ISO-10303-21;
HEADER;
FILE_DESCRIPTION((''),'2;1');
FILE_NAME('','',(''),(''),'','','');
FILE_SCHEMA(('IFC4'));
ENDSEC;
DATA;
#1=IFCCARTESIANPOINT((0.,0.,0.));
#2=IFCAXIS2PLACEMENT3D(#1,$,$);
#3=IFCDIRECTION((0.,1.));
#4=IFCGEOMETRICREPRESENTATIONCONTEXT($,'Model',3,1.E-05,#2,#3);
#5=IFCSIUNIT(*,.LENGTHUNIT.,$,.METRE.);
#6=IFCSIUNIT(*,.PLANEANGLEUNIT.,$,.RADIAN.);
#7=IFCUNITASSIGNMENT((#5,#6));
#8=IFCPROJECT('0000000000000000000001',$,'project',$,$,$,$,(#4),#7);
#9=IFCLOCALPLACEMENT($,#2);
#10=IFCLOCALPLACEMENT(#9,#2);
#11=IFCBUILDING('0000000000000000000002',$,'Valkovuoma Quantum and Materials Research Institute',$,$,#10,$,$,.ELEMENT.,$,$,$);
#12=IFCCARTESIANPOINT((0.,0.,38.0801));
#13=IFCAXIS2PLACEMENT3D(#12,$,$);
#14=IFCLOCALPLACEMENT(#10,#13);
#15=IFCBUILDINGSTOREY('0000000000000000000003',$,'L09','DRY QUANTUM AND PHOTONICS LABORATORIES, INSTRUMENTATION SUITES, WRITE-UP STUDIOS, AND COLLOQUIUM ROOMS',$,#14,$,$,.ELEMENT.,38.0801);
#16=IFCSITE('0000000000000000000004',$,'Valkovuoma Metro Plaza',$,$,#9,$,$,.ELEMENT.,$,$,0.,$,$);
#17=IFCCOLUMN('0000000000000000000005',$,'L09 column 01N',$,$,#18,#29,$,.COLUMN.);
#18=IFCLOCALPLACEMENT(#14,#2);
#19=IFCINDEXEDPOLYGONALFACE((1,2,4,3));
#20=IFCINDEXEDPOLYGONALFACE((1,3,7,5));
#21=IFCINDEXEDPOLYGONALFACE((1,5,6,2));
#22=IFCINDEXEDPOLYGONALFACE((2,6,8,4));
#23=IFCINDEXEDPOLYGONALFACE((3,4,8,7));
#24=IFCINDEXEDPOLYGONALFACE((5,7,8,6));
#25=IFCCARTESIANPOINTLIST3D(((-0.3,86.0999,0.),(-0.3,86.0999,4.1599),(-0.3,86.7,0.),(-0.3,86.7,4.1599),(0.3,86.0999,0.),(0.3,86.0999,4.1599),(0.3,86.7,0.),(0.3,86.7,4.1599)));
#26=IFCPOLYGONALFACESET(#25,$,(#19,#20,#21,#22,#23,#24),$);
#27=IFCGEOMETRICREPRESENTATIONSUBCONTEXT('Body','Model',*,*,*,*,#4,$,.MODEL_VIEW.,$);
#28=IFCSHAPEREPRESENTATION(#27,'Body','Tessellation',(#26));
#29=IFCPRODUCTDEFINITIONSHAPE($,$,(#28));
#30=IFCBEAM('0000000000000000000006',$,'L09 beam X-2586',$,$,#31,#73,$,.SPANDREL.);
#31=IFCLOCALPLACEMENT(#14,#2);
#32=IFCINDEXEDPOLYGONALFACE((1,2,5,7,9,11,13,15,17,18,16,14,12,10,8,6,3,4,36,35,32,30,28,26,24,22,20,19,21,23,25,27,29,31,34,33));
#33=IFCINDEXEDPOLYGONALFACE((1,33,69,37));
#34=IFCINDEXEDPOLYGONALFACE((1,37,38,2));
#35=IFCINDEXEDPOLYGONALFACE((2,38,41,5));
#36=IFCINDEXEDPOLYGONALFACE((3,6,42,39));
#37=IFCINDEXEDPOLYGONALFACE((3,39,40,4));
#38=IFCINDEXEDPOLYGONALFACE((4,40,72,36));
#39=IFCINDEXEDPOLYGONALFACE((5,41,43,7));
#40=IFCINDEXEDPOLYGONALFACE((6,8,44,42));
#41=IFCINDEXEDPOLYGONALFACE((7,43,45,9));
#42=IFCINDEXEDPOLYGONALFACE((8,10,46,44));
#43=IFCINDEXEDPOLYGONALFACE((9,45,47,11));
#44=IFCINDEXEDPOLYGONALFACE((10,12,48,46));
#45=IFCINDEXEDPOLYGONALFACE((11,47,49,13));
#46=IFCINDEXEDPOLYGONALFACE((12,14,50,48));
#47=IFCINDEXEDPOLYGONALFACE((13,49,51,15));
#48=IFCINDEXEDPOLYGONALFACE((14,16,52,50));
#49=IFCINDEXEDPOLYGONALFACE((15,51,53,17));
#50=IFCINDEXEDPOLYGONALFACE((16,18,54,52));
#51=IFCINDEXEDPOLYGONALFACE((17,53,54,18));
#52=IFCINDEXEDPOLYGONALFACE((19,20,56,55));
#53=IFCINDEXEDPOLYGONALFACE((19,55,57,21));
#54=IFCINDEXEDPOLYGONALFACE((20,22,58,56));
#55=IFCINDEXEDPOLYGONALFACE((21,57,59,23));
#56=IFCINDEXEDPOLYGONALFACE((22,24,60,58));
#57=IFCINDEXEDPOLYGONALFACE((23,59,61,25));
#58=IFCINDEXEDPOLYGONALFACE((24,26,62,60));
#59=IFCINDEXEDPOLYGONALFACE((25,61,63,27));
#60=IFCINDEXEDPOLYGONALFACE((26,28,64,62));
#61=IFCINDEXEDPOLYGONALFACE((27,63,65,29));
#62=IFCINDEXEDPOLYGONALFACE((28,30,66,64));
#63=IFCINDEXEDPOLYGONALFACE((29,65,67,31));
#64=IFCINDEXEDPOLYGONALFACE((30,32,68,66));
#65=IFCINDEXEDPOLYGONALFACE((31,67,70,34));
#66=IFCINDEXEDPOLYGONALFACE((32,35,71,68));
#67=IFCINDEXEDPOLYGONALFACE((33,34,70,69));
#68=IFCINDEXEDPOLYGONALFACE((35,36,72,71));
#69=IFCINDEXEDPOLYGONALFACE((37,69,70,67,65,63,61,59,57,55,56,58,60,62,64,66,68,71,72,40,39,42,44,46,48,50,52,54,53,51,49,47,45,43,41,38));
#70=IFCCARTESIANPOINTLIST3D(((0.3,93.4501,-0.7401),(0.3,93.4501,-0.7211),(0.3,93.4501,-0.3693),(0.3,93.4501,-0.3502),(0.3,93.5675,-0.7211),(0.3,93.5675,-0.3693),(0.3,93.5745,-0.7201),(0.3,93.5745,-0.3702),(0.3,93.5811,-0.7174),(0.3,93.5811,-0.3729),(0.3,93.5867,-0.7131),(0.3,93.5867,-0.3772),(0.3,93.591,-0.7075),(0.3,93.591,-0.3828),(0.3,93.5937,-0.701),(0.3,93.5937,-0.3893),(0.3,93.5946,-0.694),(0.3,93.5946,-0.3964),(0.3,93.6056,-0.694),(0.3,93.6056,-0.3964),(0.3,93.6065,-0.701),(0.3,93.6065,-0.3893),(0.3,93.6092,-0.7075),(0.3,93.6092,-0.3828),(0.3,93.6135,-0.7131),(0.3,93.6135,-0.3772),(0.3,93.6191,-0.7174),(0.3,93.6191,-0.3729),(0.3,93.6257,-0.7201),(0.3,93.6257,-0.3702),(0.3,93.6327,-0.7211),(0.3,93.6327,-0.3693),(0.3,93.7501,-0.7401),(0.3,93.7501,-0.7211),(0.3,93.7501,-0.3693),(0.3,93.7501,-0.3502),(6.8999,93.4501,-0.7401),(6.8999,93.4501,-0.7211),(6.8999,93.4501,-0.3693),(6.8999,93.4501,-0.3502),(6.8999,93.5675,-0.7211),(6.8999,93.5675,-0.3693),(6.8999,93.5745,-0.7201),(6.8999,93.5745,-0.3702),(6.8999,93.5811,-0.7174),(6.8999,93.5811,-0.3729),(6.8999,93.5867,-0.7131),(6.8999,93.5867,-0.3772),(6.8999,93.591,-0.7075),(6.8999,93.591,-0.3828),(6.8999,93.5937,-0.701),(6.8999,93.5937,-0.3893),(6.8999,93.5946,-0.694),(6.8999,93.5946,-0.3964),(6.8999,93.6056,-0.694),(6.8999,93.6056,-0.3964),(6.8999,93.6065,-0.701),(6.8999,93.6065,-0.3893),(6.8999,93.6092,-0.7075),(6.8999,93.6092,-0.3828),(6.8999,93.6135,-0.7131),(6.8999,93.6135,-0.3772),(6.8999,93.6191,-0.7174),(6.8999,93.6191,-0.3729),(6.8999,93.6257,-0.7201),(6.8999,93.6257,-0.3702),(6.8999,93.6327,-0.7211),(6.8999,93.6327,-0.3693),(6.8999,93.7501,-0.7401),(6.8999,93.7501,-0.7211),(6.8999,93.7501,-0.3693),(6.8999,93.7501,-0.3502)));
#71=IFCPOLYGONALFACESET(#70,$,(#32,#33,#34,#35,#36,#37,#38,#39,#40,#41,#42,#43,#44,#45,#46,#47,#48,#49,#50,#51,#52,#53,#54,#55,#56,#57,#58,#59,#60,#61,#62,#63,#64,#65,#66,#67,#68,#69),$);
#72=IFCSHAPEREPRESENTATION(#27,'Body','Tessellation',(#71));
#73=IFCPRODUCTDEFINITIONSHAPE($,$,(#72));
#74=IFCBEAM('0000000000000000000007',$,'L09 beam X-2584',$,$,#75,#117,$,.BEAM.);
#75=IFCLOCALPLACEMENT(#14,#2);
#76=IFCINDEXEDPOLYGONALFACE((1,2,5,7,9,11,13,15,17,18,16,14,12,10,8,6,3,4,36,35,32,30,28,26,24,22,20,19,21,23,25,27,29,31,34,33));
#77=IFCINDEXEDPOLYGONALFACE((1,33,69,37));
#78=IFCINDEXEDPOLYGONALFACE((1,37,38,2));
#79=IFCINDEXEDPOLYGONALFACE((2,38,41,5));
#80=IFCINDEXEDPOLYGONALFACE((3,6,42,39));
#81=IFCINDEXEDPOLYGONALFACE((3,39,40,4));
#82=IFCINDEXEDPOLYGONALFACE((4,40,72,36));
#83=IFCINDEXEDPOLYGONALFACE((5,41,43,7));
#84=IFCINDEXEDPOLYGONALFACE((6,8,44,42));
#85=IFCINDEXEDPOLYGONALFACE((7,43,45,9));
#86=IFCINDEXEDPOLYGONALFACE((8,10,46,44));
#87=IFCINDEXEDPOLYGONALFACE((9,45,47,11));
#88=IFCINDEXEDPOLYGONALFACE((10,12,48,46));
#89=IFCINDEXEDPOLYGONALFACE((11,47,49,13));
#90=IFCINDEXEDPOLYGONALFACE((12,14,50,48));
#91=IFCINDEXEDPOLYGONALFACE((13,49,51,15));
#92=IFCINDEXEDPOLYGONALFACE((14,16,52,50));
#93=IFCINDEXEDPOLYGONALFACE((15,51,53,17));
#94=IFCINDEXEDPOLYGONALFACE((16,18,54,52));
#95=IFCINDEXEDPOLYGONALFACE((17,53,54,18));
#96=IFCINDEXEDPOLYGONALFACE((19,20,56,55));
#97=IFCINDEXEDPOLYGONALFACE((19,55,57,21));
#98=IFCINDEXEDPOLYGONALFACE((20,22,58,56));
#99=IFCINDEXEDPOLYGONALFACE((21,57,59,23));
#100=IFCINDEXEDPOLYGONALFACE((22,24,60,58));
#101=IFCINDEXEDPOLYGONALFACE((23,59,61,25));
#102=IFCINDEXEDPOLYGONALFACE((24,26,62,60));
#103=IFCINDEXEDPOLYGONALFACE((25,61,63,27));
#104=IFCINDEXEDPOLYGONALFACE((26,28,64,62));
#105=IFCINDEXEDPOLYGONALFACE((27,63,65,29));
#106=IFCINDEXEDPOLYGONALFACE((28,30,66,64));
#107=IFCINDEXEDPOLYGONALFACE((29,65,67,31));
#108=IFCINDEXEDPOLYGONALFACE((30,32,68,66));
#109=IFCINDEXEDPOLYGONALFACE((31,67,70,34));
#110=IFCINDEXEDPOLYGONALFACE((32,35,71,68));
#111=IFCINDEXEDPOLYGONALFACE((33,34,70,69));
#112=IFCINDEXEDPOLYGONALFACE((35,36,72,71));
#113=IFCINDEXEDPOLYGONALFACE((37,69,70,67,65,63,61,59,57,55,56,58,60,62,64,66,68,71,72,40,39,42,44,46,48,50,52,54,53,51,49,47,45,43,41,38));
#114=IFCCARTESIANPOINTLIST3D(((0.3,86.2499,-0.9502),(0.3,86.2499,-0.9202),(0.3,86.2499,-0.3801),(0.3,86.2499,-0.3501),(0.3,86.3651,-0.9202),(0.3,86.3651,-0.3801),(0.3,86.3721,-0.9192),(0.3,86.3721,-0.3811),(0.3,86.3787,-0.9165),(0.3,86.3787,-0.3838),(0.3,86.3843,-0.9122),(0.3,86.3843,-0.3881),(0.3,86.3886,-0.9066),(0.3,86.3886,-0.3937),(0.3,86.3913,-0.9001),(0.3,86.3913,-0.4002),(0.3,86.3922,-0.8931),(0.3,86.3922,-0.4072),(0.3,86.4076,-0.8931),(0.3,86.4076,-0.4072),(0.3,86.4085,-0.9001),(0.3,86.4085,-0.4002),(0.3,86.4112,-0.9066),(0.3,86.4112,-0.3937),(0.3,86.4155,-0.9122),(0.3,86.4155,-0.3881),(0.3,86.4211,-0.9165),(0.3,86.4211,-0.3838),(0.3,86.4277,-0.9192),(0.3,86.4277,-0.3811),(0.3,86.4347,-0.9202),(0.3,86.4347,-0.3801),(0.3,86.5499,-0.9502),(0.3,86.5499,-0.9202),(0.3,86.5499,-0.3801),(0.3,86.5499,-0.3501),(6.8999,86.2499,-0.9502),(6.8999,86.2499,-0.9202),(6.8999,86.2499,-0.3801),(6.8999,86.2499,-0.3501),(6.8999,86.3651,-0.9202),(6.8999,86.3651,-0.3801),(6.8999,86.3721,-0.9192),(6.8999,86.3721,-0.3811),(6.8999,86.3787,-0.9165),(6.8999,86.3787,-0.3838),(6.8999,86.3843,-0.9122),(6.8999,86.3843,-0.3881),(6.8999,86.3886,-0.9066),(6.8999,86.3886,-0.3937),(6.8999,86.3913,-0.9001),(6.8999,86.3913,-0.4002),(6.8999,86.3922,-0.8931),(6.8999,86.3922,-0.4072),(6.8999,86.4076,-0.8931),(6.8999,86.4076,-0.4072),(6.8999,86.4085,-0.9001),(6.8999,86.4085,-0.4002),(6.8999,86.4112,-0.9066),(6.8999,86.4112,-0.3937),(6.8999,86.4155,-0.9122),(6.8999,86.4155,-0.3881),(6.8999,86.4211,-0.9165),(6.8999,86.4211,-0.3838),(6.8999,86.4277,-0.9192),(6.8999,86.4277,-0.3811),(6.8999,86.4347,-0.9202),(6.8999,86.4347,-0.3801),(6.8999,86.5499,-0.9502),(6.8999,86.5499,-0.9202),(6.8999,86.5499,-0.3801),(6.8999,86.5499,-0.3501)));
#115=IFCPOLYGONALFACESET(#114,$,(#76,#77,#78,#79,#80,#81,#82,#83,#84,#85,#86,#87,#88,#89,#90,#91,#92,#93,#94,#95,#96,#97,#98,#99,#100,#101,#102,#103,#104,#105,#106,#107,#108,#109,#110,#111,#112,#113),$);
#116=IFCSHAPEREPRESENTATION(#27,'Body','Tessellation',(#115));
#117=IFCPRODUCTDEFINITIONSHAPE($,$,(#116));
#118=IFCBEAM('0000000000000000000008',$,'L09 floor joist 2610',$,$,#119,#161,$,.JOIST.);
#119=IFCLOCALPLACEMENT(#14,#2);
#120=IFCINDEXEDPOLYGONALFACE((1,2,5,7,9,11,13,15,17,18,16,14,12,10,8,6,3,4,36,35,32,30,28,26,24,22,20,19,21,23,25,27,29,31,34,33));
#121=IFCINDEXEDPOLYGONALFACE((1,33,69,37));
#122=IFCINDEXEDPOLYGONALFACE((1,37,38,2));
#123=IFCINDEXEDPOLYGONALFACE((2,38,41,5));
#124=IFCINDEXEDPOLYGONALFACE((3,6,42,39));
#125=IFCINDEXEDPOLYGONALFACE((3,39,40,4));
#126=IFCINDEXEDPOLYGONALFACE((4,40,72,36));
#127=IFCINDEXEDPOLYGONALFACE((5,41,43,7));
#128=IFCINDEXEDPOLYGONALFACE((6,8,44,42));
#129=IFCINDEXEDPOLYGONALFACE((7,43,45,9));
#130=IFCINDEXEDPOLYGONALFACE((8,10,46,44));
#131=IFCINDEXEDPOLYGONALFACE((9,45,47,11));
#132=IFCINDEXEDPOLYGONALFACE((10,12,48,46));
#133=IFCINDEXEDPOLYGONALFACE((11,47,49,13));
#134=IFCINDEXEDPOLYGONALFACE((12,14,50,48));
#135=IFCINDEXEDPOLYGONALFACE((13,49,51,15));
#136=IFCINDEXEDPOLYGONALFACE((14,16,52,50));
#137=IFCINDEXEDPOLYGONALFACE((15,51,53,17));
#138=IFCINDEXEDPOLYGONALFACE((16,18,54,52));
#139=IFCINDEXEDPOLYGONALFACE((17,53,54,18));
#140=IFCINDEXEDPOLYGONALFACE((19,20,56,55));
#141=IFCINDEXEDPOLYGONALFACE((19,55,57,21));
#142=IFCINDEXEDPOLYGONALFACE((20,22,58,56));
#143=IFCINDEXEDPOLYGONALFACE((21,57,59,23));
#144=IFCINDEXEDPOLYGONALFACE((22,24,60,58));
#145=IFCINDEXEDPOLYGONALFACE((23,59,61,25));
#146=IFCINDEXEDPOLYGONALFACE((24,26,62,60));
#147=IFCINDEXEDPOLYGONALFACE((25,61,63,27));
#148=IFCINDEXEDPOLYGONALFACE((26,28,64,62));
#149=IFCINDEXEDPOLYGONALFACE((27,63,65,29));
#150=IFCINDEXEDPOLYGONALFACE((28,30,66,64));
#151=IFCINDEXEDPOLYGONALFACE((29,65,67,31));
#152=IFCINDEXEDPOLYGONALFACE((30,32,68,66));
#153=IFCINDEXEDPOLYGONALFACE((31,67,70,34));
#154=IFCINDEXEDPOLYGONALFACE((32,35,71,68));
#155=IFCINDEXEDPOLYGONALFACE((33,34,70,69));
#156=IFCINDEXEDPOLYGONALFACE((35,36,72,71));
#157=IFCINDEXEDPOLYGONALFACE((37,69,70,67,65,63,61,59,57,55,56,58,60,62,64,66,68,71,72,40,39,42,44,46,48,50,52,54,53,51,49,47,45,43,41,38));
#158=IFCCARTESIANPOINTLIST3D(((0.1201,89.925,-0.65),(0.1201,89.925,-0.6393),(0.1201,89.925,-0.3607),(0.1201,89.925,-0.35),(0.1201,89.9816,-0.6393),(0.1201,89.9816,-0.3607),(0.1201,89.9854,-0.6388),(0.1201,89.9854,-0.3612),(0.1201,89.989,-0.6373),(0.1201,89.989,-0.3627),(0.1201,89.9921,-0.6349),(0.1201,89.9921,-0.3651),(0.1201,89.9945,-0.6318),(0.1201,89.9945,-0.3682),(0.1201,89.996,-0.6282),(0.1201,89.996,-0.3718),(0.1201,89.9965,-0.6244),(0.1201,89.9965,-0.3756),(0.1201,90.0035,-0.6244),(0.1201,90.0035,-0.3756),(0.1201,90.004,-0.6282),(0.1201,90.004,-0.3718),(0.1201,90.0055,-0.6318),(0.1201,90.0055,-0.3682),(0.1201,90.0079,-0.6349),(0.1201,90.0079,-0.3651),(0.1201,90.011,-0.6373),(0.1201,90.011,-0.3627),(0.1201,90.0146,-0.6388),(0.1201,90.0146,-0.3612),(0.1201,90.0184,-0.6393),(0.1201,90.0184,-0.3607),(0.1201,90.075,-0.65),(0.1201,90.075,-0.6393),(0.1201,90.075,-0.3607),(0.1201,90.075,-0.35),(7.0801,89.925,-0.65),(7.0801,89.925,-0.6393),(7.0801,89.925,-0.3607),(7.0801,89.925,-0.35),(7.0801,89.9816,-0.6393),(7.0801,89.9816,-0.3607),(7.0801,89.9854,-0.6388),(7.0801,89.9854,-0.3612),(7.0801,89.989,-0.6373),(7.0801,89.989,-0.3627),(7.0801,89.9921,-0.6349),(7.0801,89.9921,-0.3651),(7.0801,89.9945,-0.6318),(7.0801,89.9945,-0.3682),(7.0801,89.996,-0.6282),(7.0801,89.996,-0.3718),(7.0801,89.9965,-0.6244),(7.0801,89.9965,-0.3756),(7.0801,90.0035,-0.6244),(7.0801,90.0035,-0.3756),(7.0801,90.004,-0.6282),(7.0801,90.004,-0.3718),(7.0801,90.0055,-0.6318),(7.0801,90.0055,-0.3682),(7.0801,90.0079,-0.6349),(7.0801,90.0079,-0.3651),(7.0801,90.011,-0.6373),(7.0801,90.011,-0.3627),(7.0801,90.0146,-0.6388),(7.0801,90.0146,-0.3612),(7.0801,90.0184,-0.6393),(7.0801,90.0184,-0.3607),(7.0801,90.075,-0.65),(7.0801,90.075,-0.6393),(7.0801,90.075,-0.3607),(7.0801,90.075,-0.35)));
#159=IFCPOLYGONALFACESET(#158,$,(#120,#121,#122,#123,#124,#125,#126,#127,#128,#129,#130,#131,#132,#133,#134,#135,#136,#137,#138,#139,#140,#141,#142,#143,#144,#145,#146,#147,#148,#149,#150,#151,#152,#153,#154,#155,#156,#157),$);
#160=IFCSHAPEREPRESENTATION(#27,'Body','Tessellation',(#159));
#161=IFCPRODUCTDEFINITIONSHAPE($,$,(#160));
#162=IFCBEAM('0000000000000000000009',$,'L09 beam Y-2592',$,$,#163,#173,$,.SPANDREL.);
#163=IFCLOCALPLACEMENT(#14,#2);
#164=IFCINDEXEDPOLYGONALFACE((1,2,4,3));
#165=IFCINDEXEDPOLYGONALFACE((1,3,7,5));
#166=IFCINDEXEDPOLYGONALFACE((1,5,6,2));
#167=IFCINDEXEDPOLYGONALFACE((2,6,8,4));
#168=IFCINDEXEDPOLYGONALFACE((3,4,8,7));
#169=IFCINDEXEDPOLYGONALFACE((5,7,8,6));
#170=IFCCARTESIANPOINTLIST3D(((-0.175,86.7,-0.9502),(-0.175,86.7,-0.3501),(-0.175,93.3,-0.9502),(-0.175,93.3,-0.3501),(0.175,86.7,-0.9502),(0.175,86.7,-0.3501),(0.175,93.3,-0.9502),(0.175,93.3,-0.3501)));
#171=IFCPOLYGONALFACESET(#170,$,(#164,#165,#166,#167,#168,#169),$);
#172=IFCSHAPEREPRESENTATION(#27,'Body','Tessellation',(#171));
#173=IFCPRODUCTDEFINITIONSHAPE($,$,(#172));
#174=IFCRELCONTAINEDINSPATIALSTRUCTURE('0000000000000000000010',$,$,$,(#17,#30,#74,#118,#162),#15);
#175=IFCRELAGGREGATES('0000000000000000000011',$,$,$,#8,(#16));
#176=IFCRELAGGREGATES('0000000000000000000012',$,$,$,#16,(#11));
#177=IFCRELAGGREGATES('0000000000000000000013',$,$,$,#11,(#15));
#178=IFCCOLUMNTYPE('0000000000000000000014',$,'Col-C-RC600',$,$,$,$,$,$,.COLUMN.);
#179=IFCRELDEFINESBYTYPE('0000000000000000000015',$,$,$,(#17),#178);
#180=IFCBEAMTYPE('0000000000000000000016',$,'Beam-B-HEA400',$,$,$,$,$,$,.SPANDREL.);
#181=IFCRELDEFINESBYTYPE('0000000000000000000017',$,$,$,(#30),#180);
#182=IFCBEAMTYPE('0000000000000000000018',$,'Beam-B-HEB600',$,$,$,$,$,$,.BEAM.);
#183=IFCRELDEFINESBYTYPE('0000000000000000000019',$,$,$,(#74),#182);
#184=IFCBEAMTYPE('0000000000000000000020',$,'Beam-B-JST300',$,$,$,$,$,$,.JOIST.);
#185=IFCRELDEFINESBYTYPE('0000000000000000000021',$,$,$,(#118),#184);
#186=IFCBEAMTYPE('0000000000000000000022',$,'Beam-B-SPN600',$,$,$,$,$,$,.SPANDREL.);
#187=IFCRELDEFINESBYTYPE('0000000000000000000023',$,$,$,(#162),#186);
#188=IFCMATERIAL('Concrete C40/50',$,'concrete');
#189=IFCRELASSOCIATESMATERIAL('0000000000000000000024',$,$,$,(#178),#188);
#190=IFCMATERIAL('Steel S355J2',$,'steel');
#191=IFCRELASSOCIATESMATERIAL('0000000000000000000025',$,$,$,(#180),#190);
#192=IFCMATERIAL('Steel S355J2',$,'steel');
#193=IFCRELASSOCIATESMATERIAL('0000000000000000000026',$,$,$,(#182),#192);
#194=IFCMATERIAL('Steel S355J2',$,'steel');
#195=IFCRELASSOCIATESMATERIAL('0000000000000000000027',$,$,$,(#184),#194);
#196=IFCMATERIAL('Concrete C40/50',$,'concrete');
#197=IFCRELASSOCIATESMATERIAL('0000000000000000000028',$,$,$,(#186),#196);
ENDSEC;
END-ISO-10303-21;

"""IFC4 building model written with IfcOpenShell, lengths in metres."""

from ifc_helpers import new_model, si_unit, direction, frame, origin, origin_2d, place, context, subcontext, project, spatial, rectangle, i_section, extrude, material, material_profile, profile_set, type_object, element, save


model = new_model("IFC4")

# Units and contexts
model_context = context("Model", 3, precision=1e-05, world=origin(), true_north=direction((0.0, 1.0)))
body_context = subcontext(model_context, "Body", "Model", "MODEL_VIEW")
ifc_project = project(units=[si_unit("LENGTHUNIT", "METRE"), si_unit("PLANEANGLEUNIT", "RADIAN")], contexts=[model_context])

# Site, building, storey
site_placement = place(None, origin())
site = spatial("IfcSite", under=ifc_project, at=site_placement, Name="Valkovuoma Metro Plaza", CompositionType="ELEMENT", RefElevation=0.0)
building_placement = place(site_placement, origin())
building = spatial("IfcBuilding", under=site, at=building_placement, Name="Valkovuoma Quantum and Materials Research Institute", CompositionType="ELEMENT")
storey_placement = place(building_placement, frame((0.0, 0.0, 38.0801)))
storey = spatial("IfcBuildingStorey", under=building, at=storey_placement, Name="L09", Description="DRY QUANTUM AND PHOTONICS LABORATORIES, INSTRUMENTATION SUITES, WRITE-UP STUDIOS, AND COLLOQUIUM ROOMS", CompositionType="ELEMENT", Elevation=38.0801)

# Column
ifc_material_1 = material(Name="Concrete C40/50", Category="concrete")
ifc_material_profile_1 = material_profile(ifc_material_1, rectangle(XDim=0.6001, YDim=0.6001, at=origin_2d()), Name="Concrete C40/50")
ifc_profile_set_1 = profile_set([ifc_material_profile_1], Name="Concrete C40/50")
column_type = type_object("IfcColumnType", Name="Col-C-RC600", PredefinedType="COLUMN", material=ifc_profile_set_1)
column_placement = place(storey_placement, frame((0.0, 86.3999, 0.0), z_axis=(0.0, 0.0, 1.0), x_axis=(1.0, 0.0, 0.0)))
element("IfcColumn", 1, at=column_placement, inside=storey, type_object=column_type, Name="L09 column 01N", PredefinedType="COLUMN", context=body_context, shape_type="SweptSolid", body=[
    extrude(rectangle(XDim=0.6001, YDim=0.6001, at=origin_2d()), origin(), (0.0, 0.0, 1.0), 4.1599),
])

# Beams
ifc_material_2 = material(Name="Steel S355J2", Category="steel")
ifc_material_profile_2 = material_profile(ifc_material_2, i_section(OverallWidth=0.3, OverallDepth=0.3899, WebThickness=0.011, FlangeThickness=0.019, FilletRadius=0.0271, at=origin_2d()), Name="Steel S355J2")
ifc_profile_set_2 = profile_set([ifc_material_profile_2], Name="Steel S355J2")
beam_type_1 = type_object("IfcBeamType", Name="Beam-B-HEA400", PredefinedType="SPANDREL", material=ifc_profile_set_2)
beam_1_placement = place(storey_placement, frame((0.3, 93.6001, -0.5452), z_axis=(1.0, 0.0, 0.0), x_axis=(0.0, 1.0, 0.0)))
element("IfcBeam", 2, at=beam_1_placement, inside=storey, type_object=beam_type_1, Name="L09 beam X-2586", PredefinedType="SPANDREL", context=body_context, shape_type="SweptSolid", body=[
    extrude(i_section(OverallWidth=0.3, OverallDepth=0.3899, WebThickness=0.011, FlangeThickness=0.019, FilletRadius=0.0271, at=origin_2d()), origin(), (0.0, 0.0, 1.0), 6.5999),
])
ifc_material_3 = material(Name="Steel S355J2", Category="steel")
ifc_material_profile_3 = material_profile(ifc_material_3, i_section(OverallWidth=0.3, OverallDepth=0.6001, WebThickness=0.0154, FlangeThickness=0.03, FilletRadius=0.0271, at=origin_2d()), Name="Steel S355J2")
ifc_profile_set_3 = profile_set([ifc_material_profile_3], Name="Steel S355J2")
beam_type_2 = type_object("IfcBeamType", Name="Beam-B-HEB600", PredefinedType="BEAM", material=ifc_profile_set_3)
beam_2_placement = place(storey_placement, frame((0.3, 86.3999, -0.6501), z_axis=(1.0, 0.0, 0.0), x_axis=(0.0, 1.0, 0.0)))
element("IfcBeam", 3, at=beam_2_placement, inside=storey, type_object=beam_type_2, Name="L09 beam X-2584", PredefinedType="BEAM", context=body_context, shape_type="SweptSolid", body=[
    extrude(i_section(OverallWidth=0.3, OverallDepth=0.6001, WebThickness=0.0154, FlangeThickness=0.03, FilletRadius=0.0271, at=origin_2d()), origin(), (0.0, 0.0, 1.0), 6.5999),
])
ifc_material_4 = material(Name="Steel S355J2", Category="steel")
ifc_material_profile_4 = material_profile(ifc_material_4, i_section(OverallWidth=0.1499, OverallDepth=0.3, WebThickness=0.0071, FlangeThickness=0.0107, FilletRadius=0.0149, at=origin_2d()), Name="Steel S355J2")
ifc_profile_set_4 = profile_set([ifc_material_profile_4], Name="Steel S355J2")
beam_type_3 = type_object("IfcBeamType", Name="Beam-B-JST300", PredefinedType="JOIST", material=ifc_profile_set_4)
beam_3_placement = place(storey_placement, frame((0.1201, 90.0, -0.5), z_axis=(1.0, 0.0, 0.0), x_axis=(0.0, 1.0, 0.0)))
element("IfcBeam", 4, at=beam_3_placement, inside=storey, type_object=beam_type_3, Name="L09 floor joist 2610", PredefinedType="JOIST", context=body_context, shape_type="SweptSolid", body=[
    extrude(i_section(OverallWidth=0.1499, OverallDepth=0.3, WebThickness=0.0071, FlangeThickness=0.0107, FilletRadius=0.0149, at=origin_2d()), origin(), (0.0, 0.0, 1.0), 6.96),
])
ifc_material_5 = material(Name="Concrete C40/50", Category="concrete")
ifc_material_profile_5 = material_profile(ifc_material_5, rectangle(XDim=0.3501, YDim=0.6001, at=origin_2d()), Name="Concrete C40/50")
ifc_profile_set_5 = profile_set([ifc_material_profile_5], Name="Concrete C40/50")
beam_type_4 = type_object("IfcBeamType", Name="Beam-B-SPN600", PredefinedType="SPANDREL", material=ifc_profile_set_5)
beam_4_placement = place(storey_placement, frame((0.0, 86.7, -0.6501), z_axis=(0.0, 1.0, 0.0), x_axis=(-1.0, 0.0, 0.0)))
element("IfcBeam", 5, at=beam_4_placement, inside=storey, type_object=beam_type_4, Name="L09 beam Y-2592", PredefinedType="SPANDREL", context=body_context, shape_type="SweptSolid", body=[
    extrude(rectangle(XDim=0.3501, YDim=0.6001, at=origin_2d()), origin(), (0.0, 0.0, 1.0), 6.6001),
])

save(model, "model.ifc")
